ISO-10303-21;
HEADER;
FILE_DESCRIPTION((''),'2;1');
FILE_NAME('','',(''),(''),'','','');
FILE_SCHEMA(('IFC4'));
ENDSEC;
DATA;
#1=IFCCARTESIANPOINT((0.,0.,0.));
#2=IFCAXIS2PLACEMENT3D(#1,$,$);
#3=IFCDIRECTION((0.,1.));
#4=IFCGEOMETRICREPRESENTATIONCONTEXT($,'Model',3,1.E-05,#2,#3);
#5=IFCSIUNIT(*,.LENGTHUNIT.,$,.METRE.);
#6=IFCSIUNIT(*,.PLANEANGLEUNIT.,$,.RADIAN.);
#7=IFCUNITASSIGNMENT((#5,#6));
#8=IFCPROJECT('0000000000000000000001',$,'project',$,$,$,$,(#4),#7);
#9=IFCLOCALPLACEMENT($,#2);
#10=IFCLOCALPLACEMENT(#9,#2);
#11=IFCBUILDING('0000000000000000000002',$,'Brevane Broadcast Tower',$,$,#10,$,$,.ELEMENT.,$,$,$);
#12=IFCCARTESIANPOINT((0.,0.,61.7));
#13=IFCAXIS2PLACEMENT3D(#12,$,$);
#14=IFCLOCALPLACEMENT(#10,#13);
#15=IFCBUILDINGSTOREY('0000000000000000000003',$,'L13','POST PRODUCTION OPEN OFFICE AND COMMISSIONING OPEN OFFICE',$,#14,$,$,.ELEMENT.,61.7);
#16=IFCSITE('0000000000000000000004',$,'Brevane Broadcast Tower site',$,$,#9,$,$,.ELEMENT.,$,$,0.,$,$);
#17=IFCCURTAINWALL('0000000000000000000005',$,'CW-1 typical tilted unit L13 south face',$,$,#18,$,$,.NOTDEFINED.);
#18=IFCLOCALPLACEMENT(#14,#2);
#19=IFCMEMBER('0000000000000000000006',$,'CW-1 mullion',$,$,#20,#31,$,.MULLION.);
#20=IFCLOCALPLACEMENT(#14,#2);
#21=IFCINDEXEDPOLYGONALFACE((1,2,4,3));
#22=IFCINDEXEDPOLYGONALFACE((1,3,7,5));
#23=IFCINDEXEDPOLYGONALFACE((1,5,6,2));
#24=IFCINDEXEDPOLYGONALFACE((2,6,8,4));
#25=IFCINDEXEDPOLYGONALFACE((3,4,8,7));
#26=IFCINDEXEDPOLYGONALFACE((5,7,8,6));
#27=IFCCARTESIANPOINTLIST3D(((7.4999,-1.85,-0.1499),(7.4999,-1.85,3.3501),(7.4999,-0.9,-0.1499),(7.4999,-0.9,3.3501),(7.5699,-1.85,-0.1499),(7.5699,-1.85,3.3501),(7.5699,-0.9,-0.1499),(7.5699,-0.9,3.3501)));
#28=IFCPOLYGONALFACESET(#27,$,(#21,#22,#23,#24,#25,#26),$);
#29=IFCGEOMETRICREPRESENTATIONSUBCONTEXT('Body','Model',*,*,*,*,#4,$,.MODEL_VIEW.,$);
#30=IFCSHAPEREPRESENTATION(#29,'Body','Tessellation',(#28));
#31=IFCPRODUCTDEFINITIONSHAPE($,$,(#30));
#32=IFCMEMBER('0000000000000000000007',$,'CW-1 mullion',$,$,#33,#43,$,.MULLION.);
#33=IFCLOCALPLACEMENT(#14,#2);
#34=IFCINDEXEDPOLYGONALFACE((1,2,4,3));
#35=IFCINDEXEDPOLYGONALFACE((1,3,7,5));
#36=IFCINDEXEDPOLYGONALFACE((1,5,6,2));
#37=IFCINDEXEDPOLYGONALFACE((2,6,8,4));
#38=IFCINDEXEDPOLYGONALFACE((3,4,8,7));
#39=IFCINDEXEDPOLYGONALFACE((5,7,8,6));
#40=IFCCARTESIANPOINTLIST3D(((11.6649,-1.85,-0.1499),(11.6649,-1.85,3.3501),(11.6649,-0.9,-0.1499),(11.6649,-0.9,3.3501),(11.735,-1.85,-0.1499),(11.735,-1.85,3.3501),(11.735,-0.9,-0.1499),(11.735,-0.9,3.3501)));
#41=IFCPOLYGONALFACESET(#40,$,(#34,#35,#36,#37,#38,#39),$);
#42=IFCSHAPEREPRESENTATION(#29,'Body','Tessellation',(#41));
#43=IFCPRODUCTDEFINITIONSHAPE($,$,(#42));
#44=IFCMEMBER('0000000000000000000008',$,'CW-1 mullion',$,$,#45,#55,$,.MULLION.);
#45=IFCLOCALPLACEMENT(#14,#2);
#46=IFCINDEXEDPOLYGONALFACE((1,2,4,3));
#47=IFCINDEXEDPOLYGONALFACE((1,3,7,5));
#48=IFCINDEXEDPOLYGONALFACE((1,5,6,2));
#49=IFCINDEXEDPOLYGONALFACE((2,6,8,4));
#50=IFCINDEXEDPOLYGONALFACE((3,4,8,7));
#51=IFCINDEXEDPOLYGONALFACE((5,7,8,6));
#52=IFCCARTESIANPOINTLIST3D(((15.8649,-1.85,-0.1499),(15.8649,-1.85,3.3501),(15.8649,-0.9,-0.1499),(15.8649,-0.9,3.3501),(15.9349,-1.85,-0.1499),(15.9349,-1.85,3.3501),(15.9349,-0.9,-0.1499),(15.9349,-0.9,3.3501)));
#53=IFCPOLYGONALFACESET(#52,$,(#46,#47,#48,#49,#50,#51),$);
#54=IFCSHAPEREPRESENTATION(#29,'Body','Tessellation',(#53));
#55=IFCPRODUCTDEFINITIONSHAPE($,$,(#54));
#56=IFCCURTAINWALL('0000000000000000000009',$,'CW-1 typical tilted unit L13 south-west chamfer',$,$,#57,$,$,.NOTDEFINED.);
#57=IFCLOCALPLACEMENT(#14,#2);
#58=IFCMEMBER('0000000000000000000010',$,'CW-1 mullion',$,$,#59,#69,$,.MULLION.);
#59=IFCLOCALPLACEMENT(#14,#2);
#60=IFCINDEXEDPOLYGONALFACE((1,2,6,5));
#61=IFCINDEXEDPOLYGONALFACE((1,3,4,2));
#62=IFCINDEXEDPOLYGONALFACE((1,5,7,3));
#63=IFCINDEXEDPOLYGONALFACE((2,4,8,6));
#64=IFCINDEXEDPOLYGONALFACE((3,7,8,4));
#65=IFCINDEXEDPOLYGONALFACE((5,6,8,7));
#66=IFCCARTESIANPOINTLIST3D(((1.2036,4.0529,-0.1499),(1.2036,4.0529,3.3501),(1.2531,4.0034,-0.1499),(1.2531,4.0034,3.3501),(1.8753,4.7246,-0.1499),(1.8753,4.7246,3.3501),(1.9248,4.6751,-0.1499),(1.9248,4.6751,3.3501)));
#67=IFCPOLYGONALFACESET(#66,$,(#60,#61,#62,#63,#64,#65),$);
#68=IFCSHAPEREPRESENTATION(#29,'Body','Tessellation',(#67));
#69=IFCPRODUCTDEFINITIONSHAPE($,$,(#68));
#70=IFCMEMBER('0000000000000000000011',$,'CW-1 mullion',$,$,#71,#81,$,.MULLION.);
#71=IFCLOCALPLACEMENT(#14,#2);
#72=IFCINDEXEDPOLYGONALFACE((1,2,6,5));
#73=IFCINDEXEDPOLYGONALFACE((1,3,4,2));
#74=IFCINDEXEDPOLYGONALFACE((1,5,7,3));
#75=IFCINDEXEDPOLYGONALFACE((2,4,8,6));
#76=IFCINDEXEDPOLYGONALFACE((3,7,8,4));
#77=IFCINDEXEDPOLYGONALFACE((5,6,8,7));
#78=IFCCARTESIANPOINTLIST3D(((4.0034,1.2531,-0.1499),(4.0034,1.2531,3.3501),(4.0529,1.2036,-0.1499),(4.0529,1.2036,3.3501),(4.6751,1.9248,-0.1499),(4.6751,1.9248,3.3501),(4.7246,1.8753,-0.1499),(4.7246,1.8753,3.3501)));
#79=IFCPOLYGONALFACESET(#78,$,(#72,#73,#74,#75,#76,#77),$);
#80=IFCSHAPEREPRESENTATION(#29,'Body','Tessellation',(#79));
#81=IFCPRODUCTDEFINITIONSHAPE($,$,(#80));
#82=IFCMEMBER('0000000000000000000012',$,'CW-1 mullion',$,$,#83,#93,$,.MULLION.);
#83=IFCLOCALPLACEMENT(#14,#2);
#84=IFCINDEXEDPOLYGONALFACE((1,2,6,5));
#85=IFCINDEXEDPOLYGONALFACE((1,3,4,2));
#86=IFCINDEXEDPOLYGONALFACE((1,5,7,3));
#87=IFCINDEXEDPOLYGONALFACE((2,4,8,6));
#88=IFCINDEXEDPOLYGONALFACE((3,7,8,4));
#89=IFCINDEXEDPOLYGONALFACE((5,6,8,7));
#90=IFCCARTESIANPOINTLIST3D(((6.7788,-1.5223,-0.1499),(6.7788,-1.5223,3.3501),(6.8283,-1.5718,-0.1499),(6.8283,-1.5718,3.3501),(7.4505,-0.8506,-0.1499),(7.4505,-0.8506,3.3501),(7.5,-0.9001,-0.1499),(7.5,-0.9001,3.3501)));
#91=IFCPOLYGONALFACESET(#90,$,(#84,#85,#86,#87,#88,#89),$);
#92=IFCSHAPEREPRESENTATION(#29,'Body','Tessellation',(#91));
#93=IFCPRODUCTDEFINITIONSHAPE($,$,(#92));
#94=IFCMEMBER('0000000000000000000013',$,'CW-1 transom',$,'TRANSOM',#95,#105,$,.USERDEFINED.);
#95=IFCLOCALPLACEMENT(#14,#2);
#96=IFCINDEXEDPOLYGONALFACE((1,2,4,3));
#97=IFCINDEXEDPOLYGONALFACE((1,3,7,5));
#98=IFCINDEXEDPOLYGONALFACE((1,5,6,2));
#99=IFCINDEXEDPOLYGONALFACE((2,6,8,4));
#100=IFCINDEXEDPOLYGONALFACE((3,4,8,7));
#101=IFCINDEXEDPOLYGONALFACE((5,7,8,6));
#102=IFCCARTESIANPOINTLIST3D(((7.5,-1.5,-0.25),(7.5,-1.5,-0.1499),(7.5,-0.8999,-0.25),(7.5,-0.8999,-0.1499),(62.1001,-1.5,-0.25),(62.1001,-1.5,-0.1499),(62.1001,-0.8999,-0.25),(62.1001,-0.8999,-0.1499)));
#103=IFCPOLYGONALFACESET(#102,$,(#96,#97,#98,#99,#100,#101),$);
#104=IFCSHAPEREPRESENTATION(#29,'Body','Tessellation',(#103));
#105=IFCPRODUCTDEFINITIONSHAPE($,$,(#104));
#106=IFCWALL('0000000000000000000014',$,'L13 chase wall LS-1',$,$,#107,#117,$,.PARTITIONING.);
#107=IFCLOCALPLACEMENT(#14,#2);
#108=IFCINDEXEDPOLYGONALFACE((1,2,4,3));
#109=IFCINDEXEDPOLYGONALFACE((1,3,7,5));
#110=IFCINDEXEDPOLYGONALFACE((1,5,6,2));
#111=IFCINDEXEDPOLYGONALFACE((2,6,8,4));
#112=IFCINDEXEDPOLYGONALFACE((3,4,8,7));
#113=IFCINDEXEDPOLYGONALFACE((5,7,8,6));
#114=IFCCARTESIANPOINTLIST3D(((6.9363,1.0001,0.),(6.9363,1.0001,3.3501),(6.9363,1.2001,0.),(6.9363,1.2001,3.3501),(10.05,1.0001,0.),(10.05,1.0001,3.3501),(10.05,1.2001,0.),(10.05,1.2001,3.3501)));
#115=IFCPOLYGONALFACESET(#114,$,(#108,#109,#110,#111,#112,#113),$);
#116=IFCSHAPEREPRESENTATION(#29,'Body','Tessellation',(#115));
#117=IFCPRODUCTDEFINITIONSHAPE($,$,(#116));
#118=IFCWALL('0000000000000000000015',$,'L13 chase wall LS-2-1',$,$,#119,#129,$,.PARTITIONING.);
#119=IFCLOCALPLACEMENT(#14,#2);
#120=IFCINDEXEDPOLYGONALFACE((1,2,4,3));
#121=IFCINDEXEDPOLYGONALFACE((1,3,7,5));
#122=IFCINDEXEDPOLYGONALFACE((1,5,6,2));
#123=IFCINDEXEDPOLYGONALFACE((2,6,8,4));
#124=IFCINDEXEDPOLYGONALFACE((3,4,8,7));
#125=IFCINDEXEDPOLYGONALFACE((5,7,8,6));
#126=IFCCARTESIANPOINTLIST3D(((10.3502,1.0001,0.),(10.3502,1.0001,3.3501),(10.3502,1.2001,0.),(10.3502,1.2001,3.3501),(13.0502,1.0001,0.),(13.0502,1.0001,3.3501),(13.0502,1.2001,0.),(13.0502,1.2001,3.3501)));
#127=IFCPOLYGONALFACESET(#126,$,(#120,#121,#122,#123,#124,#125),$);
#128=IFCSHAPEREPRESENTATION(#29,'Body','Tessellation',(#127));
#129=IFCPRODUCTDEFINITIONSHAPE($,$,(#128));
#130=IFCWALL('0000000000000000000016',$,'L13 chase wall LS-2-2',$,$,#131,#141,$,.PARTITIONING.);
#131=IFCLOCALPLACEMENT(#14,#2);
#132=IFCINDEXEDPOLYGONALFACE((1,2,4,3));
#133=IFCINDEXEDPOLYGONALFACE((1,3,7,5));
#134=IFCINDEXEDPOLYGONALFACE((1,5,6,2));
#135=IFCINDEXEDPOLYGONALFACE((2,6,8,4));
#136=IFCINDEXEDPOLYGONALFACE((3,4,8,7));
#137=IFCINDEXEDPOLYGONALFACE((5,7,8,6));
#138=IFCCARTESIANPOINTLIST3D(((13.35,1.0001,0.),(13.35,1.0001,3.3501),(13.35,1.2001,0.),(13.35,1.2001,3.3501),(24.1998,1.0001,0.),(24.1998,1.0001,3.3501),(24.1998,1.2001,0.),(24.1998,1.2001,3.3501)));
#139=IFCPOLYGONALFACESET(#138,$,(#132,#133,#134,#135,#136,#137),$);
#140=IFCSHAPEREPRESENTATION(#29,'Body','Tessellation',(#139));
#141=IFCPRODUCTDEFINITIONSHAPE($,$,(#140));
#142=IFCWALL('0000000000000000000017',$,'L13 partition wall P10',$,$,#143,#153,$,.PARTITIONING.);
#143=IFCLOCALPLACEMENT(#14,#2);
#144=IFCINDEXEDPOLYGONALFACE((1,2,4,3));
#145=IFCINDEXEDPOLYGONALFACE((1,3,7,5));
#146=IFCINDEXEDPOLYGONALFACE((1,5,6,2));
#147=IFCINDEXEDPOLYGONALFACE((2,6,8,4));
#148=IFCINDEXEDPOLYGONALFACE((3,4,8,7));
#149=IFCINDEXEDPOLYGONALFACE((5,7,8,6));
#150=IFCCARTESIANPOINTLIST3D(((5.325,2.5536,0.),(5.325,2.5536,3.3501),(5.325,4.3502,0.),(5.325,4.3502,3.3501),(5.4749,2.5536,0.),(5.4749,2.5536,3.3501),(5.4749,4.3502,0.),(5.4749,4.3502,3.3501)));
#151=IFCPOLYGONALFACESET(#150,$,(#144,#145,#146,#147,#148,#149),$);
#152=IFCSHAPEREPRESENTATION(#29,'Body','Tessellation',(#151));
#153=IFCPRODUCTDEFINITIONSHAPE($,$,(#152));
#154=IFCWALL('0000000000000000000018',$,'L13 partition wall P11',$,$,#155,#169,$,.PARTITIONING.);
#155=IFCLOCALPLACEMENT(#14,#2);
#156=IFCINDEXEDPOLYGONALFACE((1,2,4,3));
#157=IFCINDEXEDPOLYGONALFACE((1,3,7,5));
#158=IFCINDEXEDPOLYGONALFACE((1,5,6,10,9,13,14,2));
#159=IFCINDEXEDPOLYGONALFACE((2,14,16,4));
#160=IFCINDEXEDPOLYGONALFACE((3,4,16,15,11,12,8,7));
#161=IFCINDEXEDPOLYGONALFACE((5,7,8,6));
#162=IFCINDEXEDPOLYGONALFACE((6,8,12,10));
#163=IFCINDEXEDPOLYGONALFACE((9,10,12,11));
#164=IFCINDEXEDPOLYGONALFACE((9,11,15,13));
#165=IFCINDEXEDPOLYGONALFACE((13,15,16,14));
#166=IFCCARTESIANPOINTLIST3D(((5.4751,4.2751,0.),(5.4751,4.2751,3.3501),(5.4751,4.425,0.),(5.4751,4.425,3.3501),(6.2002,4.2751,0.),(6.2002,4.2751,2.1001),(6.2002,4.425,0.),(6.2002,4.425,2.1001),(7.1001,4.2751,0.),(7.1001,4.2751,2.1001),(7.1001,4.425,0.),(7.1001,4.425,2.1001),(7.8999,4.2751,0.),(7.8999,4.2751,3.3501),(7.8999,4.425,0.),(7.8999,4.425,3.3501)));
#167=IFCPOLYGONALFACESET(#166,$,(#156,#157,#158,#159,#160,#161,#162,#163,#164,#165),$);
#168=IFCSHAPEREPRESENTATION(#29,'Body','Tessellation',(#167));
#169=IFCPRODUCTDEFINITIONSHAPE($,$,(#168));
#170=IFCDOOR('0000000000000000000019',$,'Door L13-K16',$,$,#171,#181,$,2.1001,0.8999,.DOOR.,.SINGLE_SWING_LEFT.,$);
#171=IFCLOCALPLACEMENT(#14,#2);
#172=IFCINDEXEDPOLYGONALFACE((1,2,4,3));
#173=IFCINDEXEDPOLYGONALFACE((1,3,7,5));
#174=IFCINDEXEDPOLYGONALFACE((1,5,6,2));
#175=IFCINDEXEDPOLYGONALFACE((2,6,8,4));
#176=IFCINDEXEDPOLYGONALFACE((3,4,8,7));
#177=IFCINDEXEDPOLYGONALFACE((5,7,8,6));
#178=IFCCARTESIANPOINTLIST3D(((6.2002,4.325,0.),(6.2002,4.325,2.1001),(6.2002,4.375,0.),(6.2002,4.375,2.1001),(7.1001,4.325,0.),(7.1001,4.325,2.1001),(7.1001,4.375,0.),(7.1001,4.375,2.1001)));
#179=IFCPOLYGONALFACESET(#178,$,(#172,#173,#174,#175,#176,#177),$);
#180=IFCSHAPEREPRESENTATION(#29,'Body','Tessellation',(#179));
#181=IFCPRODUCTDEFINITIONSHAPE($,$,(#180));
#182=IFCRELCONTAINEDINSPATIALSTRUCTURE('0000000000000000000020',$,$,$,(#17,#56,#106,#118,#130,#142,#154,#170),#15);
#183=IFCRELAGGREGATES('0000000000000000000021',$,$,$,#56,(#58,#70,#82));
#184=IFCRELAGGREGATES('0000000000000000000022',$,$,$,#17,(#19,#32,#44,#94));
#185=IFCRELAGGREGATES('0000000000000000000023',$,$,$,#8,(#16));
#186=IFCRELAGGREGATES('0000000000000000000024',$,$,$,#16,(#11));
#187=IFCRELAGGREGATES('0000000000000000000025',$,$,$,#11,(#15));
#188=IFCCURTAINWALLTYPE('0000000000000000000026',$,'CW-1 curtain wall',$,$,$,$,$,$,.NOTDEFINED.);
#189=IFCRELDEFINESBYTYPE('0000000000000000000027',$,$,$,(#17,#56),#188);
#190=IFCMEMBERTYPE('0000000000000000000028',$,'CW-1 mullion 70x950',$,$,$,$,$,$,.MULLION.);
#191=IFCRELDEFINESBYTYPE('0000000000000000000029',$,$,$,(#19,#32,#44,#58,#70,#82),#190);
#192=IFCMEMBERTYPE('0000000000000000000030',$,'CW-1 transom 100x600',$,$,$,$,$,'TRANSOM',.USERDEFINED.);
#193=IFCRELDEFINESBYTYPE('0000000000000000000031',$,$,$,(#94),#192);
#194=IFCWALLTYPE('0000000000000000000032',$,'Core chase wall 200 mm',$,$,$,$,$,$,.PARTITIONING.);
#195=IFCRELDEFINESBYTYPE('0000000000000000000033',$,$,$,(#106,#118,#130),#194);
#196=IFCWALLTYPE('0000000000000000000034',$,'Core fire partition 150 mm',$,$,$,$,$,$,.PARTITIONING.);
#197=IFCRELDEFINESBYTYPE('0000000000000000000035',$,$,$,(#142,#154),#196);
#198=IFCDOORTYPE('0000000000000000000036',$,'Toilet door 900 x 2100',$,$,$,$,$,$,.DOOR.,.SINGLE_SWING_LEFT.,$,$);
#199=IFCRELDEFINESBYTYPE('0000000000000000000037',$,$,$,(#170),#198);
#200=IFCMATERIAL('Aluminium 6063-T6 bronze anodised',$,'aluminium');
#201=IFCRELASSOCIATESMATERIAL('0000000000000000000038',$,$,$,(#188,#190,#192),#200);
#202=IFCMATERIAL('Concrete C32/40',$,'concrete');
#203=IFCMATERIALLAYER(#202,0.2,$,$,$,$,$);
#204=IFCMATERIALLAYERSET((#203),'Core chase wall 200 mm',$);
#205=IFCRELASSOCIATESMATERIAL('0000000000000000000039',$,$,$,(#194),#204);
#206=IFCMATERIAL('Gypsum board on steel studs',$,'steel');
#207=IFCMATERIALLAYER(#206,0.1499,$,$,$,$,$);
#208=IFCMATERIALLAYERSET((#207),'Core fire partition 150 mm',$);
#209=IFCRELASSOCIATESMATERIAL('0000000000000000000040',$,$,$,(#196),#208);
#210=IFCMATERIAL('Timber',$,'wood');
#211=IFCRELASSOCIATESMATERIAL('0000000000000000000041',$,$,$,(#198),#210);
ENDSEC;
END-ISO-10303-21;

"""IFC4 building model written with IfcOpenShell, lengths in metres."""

from ifc_helpers import new_model, si_unit, direction, frame, frame_2d, origin, origin_2d, place, context, subcontext, project, spatial, rectangle, extrude, material, layer, layer_set, material_profile, profile_set, type_object, element, fill, aggregate, save


model = new_model("IFC4")

# Units and contexts
model_context = context("Model", 3, precision=1e-05, world=origin(), true_north=direction((0.0, 1.0)))
body_context = subcontext(model_context, "Body", "Model", "MODEL_VIEW")
ifc_project = project(units=[si_unit("LENGTHUNIT", "METRE"), si_unit("PLANEANGLEUNIT", "RADIAN")], contexts=[model_context])

# Site, building, storey
site_placement = place(None, origin())
site = spatial("IfcSite", under=ifc_project, at=site_placement, Name="Brevane Broadcast Tower site", CompositionType="ELEMENT", RefElevation=0.0)
building_placement = place(site_placement, origin())
building = spatial("IfcBuilding", under=site, at=building_placement, Name="Brevane Broadcast Tower", CompositionType="ELEMENT")
storey_placement = place(building_placement, frame((0.0, 0.0, 61.7)))
storey = spatial("IfcBuildingStorey", under=building, at=storey_placement, Name="L13", Description="POST PRODUCTION OPEN OFFICE AND COMMISSIONING OPEN OFFICE", CompositionType="ELEMENT", Elevation=61.7)

# Curtain walls, members
ifc_material_1 = material(Name="Aluminium 6063-T6 bronze anodised", Category="aluminium")
curtain_wall_type = type_object("IfcCurtainWallType", Name="CW-1 curtain wall", PredefinedType="NOTDEFINED", material=ifc_material_1)
curtain_wall_1_placement = place(storey_placement, origin())
curtain_wall_1 = element("IfcCurtainWall", 1, at=curtain_wall_1_placement, inside=storey, type_object=curtain_wall_type, Name="CW-1 typical tilted unit L13 south face", PredefinedType="NOTDEFINED")
ifc_material_profile_1 = material_profile(ifc_material_1, rectangle(XDim=0.95, YDim=0.0701, at=origin_2d()), Name="RECT 70x950")
ifc_profile_set_1 = profile_set([ifc_material_profile_1], Name="Aluminium 6063-T6 bronze anodised")
member_type_1 = type_object("IfcMemberType", Name="CW-1 mullion 70x950", PredefinedType="MULLION", material=ifc_profile_set_1)
member_1_placement = place(storey_placement, frame((7.5349, -1.375, -0.1499), z_axis=(0.0, 0.0, 1.0), x_axis=(0.0, 1.0, 0.0)))
member_1 = element("IfcMember", 2, at=member_1_placement, type_object=member_type_1, Name="CW-1 mullion", PredefinedType="MULLION", context=body_context, shape_type="SweptSolid", body=[
    extrude(rectangle(XDim=0.95, YDim=0.0701, at=origin_2d()), origin(), (0.0, 0.0, 1.0), 3.5),
])
member_2_placement = place(storey_placement, frame((11.7, -1.375, -0.1499), z_axis=(0.0, 0.0, 1.0), x_axis=(0.0, 1.0, 0.0)))
member_2 = element("IfcMember", 3, at=member_2_placement, type_object=member_type_1, Name="CW-1 mullion", PredefinedType="MULLION", context=body_context, shape_type="SweptSolid", body=[
    extrude(rectangle(XDim=0.95, YDim=0.0701, at=origin_2d()), origin(), (0.0, 0.0, 1.0), 3.5),
])
member_3_placement = place(storey_placement, frame((15.8999, -1.375, -0.1499), z_axis=(0.0, 0.0, 1.0), x_axis=(0.0, 1.0, 0.0)))
member_3 = element("IfcMember", 4, at=member_3_placement, type_object=member_type_1, Name="CW-1 mullion", PredefinedType="MULLION", context=body_context, shape_type="SweptSolid", body=[
    extrude(rectangle(XDim=0.95, YDim=0.0701, at=origin_2d()), origin(), (0.0, 0.0, 1.0), 3.5),
])
curtain_wall_2_placement = place(storey_placement, origin())
curtain_wall_2 = element("IfcCurtainWall", 5, at=curtain_wall_2_placement, inside=storey, type_object=curtain_wall_type, Name="CW-1 typical tilted unit L13 south-west chamfer", PredefinedType="NOTDEFINED")
member_4_placement = place(storey_placement, frame((1.5642, 4.364, -0.1499), z_axis=(0.0, 0.0, 1.0), x_axis=(0.707107, 0.707107, 0.0)))
member_4 = element("IfcMember", 6, at=member_4_placement, type_object=member_type_1, Name="CW-1 mullion", PredefinedType="MULLION", context=body_context, shape_type="SweptSolid", body=[
    extrude(rectangle(XDim=0.95, YDim=0.0701, at=origin_2d()), origin(), (0.0, 0.0, 1.0), 3.5),
])
member_5_placement = place(storey_placement, frame((4.364, 1.5642, -0.1499), z_axis=(0.0, 0.0, 1.0), x_axis=(0.707107, 0.707107, 0.0)))
member_5 = element("IfcMember", 7, at=member_5_placement, type_object=member_type_1, Name="CW-1 mullion", PredefinedType="MULLION", context=body_context, shape_type="SweptSolid", body=[
    extrude(rectangle(XDim=0.95, YDim=0.0701, at=origin_2d()), origin(), (0.0, 0.0, 1.0), 3.5),
])
member_6_placement = place(storey_placement, frame((7.1394, -1.2112, -0.1499), z_axis=(0.0, 0.0, 1.0), x_axis=(0.707107, 0.707107, 0.0)))
member_6 = element("IfcMember", 8, at=member_6_placement, type_object=member_type_1, Name="CW-1 mullion", PredefinedType="MULLION", context=body_context, shape_type="SweptSolid", body=[
    extrude(rectangle(XDim=0.95, YDim=0.0701, at=origin_2d()), origin(), (0.0, 0.0, 1.0), 3.5),
])
aggregate(curtain_wall_2, [member_4, member_5, member_6])

# Member
ifc_material_profile_2 = material_profile(ifc_material_1, rectangle(XDim=0.6001, YDim=0.1001, at=origin_2d()), Name="RECT 100x600")
ifc_profile_set_2 = profile_set([ifc_material_profile_2], Name="Aluminium 6063-T6 bronze anodised")
member_type_2 = type_object("IfcMemberType", Name="CW-1 transom 100x600", ElementType="TRANSOM", PredefinedType="USERDEFINED", material=ifc_profile_set_2)
member_7_placement = place(storey_placement, frame((7.5, -1.2, -0.2), z_axis=(1.0, 0.0, 0.0), x_axis=(0.0, 1.0, 0.0)))
member_7 = element("IfcMember", 9, at=member_7_placement, type_object=member_type_2, Name="CW-1 transom", ObjectType="TRANSOM", PredefinedType="USERDEFINED", context=body_context, shape_type="SweptSolid", body=[
    extrude(rectangle(XDim=0.6001, YDim=0.1001, at=origin_2d()), origin(), (0.0, 0.0, 1.0), 54.6001),
])
aggregate(curtain_wall_1, [member_1, member_2, member_3, member_7])

# Walls
ifc_material_2 = material(Name="Concrete C32/40", Category="concrete")
ifc_layer_1 = layer(ifc_material_2, 0.2)
ifc_layer_set_1 = layer_set([ifc_layer_1], Name="Core chase wall 200 mm")
wall_type_1 = type_object("IfcWallType", Name="Core chase wall 200 mm", PredefinedType="PARTITIONING", material=ifc_layer_set_1)
wall_1_placement = place(storey_placement, frame((6.9363, 1.1001, 0.0), z_axis=(0.0, 0.0, 1.0), x_axis=(1.0, 0.0, 0.0)))
element("IfcWall", 10, at=wall_1_placement, inside=storey, type_object=wall_type_1, Name="L13 chase wall LS-1", PredefinedType="PARTITIONING", context=body_context, shape_type="SweptSolid", body=[
    extrude(rectangle(XDim=3.1138, YDim=0.2, at=frame_2d((1.5569, 0.0))), origin(), (0.0, 0.0, 1.0), 3.3501),
])
wall_2_placement = place(storey_placement, frame((10.3501, 1.1001, 0.0), z_axis=(0.0, 0.0, 1.0), x_axis=(1.0, 0.0, 0.0)))
element("IfcWall", 11, at=wall_2_placement, inside=storey, type_object=wall_type_1, Name="L13 chase wall LS-2-1", PredefinedType="PARTITIONING", context=body_context, shape_type="SweptSolid", body=[
    extrude(rectangle(XDim=2.7, YDim=0.2, at=frame_2d((1.3501, 0.0))), origin(), (0.0, 0.0, 1.0), 3.3501),
])
wall_3_placement = place(storey_placement, frame((13.3501, 1.1001, 0.0), z_axis=(0.0, 0.0, 1.0), x_axis=(1.0, 0.0, 0.0)))
element("IfcWall", 12, at=wall_3_placement, inside=storey, type_object=wall_type_1, Name="L13 chase wall LS-2-2", PredefinedType="PARTITIONING", context=body_context, shape_type="SweptSolid", body=[
    extrude(rectangle(XDim=10.8499, YDim=0.2, at=frame_2d((5.4248, 0.0))), origin(), (0.0, 0.0, 1.0), 3.3501),
])
ifc_material_3 = material(Name="Gypsum board on steel studs", Category="steel")
ifc_layer_2 = layer(ifc_material_3, 0.1499)
ifc_layer_set_2 = layer_set([ifc_layer_2], Name="Core fire partition 150 mm")
wall_type_2 = type_object("IfcWallType", Name="Core fire partition 150 mm", PredefinedType="PARTITIONING", material=ifc_layer_set_2)
wall_4_placement = place(storey_placement, frame((5.3999, 2.5535, 0.0), z_axis=(0.0, 0.0, 1.0), x_axis=(0.0, 1.0, 0.0)))
element("IfcWall", 13, at=wall_4_placement, inside=storey, type_object=wall_type_2, Name="L13 partition wall P10", PredefinedType="PARTITIONING", context=body_context, shape_type="SweptSolid", body=[
    extrude(rectangle(XDim=1.7966, YDim=0.1499, at=frame_2d((0.8984, 0.0))), origin(), (0.0, 0.0, 1.0), 3.3501),
])

# Wall, opening, door
wall_5_placement = place(storey_placement, frame((5.4751, 4.3501, 0.0), z_axis=(0.0, 0.0, 1.0), x_axis=(1.0, 0.0, 0.0)))
wall_5 = element("IfcWall", 14, at=wall_5_placement, inside=storey, type_object=wall_type_2, Name="L13 partition wall P11", PredefinedType="PARTITIONING", context=body_context, shape_type="SweptSolid", body=[
    extrude(rectangle(XDim=2.4248, YDim=0.1499, at=frame_2d((1.2124, 0.0))), origin(), (0.0, 0.0, 1.0), 3.3501),
])
opening_1_placement = place(wall_5_placement, frame((0.7251, 0.0, 0.0)))
opening_1 = element("IfcOpeningElement", 15, at=opening_1_placement, cuts=wall_5, PredefinedType="OPENING", context=body_context, shape_type="SweptSolid", body=[
    extrude(rectangle(XDim=0.8999, YDim=2.1001, at=frame_2d((0.45, 1.05))), frame((0.0, 0.085, 0.0), z_axis=(0.0, -1.0, 0.0), x_axis=(1.0, 0.0, 0.0)), (0.0, 0.0, 1.0), 0.1699),
])
ifc_material_4 = material(Name="Timber", Category="wood")
door_type_1 = type_object("IfcDoorType", Name="Toilet door 900 x 2100", OperationType="SINGLE_SWING_LEFT", PredefinedType="DOOR", material=ifc_material_4)
door_1_placement = place(opening_1_placement, origin())
door_1 = element("IfcDoor", 16, at=door_1_placement, inside=storey, type_object=door_type_1, Name="Door L13-K16", OperationType="SINGLE_SWING_LEFT", OverallHeight=2.1001, OverallWidth=0.8999, PredefinedType="DOOR", context=body_context, shape_type="SweptSolid", body=[
    extrude(rectangle(XDim=0.8999, YDim=2.1001, at=frame_2d((0.45, 1.05))), frame((0.0, 0.0249, 0.0), z_axis=(0.0, -1.0, 0.0), x_axis=(1.0, 0.0, 0.0)), (0.0, 0.0, 1.0), 0.05),
])
fill(opening_1, door_1)

save(model, "model.ifc")
